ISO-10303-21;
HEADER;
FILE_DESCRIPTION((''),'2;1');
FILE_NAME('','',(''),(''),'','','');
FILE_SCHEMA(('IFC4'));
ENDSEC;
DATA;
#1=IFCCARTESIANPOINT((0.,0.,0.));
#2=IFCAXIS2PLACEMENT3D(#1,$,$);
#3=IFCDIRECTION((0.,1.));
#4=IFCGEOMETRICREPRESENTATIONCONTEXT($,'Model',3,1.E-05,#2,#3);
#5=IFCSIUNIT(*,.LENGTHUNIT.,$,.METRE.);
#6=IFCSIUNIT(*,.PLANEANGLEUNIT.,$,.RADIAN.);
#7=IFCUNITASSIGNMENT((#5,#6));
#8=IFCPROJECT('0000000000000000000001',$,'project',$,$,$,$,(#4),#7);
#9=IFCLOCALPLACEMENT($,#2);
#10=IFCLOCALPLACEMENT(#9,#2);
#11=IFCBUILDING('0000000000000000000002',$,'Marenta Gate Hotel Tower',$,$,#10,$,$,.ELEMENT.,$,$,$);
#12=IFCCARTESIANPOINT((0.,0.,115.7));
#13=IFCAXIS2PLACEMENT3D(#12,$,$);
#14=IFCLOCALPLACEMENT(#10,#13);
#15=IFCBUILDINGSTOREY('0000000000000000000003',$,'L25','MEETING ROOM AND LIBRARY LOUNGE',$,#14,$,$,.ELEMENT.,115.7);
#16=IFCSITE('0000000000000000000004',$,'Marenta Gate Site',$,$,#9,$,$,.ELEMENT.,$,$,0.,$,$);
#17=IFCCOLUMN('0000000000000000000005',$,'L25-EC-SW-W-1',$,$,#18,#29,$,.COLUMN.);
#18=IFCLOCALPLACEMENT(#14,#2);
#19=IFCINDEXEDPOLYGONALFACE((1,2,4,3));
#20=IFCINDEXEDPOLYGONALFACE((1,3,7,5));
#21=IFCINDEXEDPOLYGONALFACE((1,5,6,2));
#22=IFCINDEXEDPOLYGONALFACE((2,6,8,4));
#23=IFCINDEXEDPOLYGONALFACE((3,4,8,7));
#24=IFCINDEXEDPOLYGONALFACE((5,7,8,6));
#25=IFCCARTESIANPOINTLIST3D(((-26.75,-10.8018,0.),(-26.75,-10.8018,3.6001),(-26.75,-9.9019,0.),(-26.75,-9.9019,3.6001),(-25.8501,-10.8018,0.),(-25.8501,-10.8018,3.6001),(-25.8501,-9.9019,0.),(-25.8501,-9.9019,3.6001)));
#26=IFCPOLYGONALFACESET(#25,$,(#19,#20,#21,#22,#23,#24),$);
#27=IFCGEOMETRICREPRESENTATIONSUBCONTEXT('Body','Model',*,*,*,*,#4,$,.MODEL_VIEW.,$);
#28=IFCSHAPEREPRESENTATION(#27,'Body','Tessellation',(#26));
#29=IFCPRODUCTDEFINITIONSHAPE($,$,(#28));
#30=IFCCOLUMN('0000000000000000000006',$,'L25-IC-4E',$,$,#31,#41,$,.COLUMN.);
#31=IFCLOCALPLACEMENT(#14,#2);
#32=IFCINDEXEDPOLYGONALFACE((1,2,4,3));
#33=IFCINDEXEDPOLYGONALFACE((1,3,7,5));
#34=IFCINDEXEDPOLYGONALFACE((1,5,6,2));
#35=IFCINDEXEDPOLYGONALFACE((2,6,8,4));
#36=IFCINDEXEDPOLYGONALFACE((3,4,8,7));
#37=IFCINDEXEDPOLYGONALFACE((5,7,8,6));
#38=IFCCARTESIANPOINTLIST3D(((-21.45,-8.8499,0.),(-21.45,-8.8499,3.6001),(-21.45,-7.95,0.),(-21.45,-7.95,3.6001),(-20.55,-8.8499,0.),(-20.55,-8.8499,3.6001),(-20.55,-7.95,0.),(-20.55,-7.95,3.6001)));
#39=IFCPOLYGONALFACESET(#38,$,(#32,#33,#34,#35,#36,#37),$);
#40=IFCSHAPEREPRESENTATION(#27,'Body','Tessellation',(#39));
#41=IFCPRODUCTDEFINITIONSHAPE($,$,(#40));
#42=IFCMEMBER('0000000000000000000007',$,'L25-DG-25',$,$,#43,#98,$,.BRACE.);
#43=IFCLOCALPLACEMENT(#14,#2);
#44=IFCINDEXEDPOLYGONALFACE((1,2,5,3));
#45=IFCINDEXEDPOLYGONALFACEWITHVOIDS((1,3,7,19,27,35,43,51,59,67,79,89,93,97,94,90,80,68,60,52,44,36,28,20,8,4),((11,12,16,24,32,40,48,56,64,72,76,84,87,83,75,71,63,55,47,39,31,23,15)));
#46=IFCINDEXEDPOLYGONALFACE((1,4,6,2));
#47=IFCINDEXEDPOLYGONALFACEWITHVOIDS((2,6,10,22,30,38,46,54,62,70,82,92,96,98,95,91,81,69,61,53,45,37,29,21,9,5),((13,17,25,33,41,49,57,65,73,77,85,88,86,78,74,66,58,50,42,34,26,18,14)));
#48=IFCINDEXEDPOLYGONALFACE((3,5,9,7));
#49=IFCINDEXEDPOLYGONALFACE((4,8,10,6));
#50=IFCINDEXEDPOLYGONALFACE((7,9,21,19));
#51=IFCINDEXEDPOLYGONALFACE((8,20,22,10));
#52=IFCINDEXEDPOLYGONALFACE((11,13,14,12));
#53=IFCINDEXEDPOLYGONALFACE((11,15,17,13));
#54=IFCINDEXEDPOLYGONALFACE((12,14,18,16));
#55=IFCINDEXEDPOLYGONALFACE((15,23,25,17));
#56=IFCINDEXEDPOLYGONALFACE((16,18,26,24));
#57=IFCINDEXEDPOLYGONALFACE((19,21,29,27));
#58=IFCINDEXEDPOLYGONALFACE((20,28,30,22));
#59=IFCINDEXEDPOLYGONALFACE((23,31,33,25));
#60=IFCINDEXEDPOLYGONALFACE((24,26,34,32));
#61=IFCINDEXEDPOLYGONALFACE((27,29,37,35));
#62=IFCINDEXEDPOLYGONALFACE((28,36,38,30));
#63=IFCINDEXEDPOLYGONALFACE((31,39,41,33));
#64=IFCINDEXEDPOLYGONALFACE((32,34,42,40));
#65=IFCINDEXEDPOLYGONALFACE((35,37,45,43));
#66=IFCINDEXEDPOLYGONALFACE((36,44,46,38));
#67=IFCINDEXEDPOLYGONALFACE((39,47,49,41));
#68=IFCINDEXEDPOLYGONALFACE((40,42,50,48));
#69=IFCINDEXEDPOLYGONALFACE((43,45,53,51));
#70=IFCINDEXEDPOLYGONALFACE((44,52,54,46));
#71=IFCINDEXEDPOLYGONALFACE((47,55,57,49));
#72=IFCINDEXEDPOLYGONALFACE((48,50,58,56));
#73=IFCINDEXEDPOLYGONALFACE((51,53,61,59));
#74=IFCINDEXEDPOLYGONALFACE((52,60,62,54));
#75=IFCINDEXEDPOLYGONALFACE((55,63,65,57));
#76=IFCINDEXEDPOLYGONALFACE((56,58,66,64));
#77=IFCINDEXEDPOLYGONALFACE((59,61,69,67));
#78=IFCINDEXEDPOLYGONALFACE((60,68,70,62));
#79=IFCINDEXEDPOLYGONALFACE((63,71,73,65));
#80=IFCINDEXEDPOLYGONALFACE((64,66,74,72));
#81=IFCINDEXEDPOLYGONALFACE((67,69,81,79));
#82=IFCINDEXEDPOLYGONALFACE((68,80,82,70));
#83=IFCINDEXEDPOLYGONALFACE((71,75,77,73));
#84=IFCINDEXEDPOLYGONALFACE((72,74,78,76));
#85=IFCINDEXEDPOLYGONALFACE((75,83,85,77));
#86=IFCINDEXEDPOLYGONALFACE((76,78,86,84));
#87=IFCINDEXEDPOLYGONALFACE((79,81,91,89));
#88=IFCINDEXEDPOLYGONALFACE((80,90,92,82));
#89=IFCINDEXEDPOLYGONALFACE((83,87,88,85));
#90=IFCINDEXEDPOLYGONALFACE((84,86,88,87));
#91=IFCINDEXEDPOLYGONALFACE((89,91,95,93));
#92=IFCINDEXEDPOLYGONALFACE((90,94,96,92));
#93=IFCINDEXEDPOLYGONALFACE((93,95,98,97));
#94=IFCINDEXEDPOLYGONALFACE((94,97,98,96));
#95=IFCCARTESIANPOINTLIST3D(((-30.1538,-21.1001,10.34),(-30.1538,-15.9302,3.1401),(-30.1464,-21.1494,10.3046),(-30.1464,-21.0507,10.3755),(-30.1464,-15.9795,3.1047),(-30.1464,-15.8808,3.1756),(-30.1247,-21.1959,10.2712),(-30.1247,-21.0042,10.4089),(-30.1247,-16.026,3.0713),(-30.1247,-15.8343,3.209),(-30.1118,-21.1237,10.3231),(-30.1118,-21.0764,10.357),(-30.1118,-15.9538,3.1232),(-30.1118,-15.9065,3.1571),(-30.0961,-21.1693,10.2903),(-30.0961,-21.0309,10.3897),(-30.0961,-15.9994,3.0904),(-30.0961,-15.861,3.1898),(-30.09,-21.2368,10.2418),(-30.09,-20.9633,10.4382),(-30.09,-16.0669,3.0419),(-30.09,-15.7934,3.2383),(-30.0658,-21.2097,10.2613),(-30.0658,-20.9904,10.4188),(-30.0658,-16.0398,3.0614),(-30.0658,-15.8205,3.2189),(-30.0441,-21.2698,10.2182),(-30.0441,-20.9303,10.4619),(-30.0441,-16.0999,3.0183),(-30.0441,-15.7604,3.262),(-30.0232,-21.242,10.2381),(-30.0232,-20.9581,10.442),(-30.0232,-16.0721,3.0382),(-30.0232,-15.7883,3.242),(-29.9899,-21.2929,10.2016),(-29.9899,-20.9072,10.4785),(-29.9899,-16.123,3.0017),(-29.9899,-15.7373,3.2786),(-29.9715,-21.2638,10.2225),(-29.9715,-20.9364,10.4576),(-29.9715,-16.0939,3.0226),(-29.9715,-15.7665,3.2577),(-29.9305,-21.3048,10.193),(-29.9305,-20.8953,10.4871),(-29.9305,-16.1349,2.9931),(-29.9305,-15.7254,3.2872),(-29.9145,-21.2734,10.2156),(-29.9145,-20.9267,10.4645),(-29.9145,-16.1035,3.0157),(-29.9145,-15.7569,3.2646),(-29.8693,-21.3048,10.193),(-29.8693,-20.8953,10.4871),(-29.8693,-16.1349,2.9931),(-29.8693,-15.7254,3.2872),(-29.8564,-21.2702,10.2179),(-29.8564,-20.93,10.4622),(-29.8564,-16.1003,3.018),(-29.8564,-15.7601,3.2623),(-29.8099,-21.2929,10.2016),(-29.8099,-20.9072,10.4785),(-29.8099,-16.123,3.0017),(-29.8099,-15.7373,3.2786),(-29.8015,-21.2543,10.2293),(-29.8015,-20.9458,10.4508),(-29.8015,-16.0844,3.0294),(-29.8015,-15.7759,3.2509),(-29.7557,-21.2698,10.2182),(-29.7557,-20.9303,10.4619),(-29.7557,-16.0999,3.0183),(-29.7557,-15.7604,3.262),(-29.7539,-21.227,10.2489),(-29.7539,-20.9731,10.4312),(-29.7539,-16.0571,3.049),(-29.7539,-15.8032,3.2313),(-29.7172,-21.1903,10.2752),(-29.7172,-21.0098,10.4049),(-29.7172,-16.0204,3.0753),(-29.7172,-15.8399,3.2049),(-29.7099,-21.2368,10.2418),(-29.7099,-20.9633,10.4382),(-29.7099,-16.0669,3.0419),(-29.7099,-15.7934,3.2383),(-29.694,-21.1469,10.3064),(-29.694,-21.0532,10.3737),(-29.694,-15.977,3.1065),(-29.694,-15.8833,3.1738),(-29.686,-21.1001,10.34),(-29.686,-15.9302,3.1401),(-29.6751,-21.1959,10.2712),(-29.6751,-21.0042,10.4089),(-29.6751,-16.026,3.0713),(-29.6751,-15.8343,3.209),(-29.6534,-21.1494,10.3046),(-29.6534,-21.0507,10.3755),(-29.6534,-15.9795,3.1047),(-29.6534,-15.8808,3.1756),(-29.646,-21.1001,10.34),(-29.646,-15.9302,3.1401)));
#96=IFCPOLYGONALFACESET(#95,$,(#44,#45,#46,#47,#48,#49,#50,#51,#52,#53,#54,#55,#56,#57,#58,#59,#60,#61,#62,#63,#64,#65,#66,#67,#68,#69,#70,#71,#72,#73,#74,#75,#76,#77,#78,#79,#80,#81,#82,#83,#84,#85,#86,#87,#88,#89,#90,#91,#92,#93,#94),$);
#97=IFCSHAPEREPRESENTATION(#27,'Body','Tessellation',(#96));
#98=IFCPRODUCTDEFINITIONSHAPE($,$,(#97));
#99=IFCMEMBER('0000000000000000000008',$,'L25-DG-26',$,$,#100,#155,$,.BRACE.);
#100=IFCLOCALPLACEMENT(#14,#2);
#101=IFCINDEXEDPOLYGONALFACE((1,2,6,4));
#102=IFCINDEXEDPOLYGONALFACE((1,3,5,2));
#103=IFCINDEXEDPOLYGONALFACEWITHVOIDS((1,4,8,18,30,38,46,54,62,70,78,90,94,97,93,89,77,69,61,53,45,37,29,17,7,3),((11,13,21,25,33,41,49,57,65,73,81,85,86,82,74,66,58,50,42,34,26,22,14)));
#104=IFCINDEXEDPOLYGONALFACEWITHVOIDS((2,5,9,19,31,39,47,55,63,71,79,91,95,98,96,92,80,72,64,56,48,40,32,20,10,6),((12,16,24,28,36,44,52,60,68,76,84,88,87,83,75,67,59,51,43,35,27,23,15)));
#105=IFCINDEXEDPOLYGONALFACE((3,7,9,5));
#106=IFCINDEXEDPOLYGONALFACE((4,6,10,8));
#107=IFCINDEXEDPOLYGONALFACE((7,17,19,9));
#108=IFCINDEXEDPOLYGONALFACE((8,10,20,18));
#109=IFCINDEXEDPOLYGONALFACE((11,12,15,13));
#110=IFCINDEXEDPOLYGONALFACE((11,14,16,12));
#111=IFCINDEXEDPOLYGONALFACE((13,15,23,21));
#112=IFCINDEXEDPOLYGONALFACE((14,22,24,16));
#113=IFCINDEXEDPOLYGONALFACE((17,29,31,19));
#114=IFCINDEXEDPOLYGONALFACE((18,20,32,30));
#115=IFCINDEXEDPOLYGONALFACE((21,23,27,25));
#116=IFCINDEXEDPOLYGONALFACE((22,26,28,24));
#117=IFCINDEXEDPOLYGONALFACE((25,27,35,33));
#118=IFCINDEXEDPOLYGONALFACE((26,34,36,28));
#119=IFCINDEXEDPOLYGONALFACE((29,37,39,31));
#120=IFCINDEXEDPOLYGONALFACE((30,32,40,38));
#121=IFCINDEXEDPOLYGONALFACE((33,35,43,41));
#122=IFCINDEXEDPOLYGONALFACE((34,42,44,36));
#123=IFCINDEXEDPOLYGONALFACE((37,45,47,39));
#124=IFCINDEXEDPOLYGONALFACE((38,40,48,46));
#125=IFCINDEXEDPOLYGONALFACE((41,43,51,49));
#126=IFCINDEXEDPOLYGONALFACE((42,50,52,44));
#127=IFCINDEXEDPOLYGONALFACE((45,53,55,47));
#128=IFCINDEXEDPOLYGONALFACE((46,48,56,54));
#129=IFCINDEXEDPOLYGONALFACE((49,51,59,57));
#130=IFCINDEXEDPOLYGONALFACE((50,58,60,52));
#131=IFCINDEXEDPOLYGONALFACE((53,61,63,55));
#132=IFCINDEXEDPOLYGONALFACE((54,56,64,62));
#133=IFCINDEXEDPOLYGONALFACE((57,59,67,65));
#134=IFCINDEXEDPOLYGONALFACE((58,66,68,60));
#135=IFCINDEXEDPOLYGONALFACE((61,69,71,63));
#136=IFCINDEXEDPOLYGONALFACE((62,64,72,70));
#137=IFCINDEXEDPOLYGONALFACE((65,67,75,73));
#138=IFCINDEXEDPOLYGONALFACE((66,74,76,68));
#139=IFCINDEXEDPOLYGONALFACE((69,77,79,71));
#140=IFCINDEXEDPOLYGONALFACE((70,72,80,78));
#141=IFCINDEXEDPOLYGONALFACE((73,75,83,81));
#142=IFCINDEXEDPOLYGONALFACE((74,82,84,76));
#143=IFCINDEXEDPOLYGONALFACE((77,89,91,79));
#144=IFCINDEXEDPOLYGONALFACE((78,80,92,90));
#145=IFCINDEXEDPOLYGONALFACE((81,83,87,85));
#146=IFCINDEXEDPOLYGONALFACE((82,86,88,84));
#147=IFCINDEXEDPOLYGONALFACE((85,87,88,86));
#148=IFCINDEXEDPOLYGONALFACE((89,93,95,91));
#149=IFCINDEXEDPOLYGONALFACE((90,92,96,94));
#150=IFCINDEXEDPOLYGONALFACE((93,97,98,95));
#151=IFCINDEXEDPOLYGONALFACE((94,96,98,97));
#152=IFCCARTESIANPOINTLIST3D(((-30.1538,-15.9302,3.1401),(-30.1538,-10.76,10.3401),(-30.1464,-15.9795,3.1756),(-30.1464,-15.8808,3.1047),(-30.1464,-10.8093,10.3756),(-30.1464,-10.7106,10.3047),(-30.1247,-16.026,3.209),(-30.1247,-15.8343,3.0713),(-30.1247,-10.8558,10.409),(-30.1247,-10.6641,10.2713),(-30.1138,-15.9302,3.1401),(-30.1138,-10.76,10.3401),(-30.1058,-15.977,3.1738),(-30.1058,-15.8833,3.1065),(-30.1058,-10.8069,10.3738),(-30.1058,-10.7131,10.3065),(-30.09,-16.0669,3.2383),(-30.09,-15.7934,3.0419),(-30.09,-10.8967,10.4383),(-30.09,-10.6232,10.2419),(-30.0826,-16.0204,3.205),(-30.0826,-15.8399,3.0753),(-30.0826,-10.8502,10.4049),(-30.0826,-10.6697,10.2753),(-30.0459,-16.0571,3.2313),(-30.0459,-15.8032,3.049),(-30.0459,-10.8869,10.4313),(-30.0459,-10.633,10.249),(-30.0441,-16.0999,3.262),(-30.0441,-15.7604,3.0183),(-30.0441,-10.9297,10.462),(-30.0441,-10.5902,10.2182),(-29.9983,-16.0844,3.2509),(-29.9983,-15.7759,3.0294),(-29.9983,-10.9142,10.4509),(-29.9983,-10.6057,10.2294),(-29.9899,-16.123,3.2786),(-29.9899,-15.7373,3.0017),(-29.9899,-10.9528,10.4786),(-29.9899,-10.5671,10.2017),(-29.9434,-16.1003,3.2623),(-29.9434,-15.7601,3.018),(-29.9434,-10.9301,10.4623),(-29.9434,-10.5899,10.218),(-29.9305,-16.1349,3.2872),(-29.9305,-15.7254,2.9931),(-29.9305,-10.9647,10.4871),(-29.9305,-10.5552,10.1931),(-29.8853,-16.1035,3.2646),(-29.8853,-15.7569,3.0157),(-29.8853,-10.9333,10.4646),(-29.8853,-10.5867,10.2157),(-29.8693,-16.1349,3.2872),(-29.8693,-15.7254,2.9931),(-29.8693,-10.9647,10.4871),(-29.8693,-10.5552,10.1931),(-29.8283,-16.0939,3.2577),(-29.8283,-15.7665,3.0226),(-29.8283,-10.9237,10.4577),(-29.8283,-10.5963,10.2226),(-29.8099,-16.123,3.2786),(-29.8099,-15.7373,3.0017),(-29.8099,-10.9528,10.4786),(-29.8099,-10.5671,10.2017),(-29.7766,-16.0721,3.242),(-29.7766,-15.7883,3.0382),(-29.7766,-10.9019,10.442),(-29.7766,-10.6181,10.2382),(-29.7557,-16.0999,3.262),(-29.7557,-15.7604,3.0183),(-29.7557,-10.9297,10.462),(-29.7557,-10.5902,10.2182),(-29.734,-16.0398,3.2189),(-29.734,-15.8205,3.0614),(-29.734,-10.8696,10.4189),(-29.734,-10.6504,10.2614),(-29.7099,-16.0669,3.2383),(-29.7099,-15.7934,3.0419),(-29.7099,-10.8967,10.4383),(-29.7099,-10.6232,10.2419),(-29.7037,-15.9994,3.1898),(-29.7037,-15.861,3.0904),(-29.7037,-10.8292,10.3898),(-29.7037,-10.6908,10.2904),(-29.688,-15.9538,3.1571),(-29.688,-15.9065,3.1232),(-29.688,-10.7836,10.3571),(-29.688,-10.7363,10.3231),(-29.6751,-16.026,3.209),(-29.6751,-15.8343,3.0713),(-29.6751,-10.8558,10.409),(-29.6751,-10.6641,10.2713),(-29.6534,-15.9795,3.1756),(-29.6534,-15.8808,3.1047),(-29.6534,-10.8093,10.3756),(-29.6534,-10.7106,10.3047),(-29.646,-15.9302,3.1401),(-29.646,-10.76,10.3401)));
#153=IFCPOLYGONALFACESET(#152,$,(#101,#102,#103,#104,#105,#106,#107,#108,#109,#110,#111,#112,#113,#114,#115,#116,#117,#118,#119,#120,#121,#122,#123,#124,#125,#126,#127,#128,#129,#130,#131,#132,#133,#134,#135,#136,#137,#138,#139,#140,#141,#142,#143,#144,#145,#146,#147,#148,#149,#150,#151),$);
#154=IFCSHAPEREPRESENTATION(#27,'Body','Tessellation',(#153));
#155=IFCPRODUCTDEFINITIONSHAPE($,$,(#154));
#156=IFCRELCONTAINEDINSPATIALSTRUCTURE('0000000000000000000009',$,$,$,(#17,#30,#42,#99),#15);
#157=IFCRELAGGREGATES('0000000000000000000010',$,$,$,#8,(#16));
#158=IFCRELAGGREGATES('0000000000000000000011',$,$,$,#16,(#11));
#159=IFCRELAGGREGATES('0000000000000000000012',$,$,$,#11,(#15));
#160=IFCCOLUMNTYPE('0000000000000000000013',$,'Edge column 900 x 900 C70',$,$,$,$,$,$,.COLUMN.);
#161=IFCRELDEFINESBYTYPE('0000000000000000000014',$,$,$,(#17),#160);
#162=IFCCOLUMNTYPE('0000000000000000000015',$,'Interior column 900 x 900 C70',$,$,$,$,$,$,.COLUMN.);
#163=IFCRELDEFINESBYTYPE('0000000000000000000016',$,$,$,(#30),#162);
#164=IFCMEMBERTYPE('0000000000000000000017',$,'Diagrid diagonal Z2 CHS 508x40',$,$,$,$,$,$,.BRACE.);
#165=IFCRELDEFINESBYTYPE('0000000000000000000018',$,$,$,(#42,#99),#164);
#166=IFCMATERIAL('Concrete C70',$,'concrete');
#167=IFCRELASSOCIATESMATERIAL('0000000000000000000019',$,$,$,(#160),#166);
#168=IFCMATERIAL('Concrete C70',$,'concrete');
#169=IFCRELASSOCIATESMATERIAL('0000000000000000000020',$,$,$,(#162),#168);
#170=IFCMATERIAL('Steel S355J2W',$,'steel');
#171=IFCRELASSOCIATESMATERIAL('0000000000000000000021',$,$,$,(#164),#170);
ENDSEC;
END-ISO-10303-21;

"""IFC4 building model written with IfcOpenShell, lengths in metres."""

from ifc_helpers import new_model, si_unit, direction, frame, origin, origin_2d, place, context, subcontext, project, spatial, rectangle, hollow_circle, extrude, material, material_profile, profile_set, type_object, element, save


model = new_model("IFC4")

# Units and contexts
model_context = context("Model", 3, precision=1e-05, world=origin(), true_north=direction((0.0, 1.0)))
body_context = subcontext(model_context, "Body", "Model", "MODEL_VIEW")
ifc_project = project(units=[si_unit("LENGTHUNIT", "METRE"), si_unit("PLANEANGLEUNIT", "RADIAN")], contexts=[model_context])

# Site, building, storey
site_placement = place(None, origin())
site = spatial("IfcSite", under=ifc_project, at=site_placement, Name="Marenta Gate Site", CompositionType="ELEMENT", RefElevation=0.0)
building_placement = place(site_placement, origin())
building = spatial("IfcBuilding", under=site, at=building_placement, Name="Marenta Gate Hotel Tower", CompositionType="ELEMENT")
storey_placement = place(building_placement, frame((0.0, 0.0, 115.7)))
storey = spatial("IfcBuildingStorey", under=building, at=storey_placement, Name="L25", Description="MEETING ROOM AND LIBRARY LOUNGE", CompositionType="ELEMENT", Elevation=115.7)

# Columns
ifc_material_1 = material(Name="Concrete C70", Category="concrete")
ifc_material_profile_1 = material_profile(ifc_material_1, rectangle(XDim=0.8999, YDim=0.8999, at=origin_2d()), Name="900 x 900")
ifc_profile_set_1 = profile_set([ifc_material_profile_1], Name="Concrete C70")
column_type_1 = type_object("IfcColumnType", Name="Edge column 900 x 900 C70", PredefinedType="COLUMN", material=ifc_profile_set_1)
column_1_placement = place(storey_placement, frame((-26.3, -10.3518, 0.0), z_axis=(0.0, 0.0, 1.0), x_axis=(1.0, 0.0, 0.0)))
element("IfcColumn", 1, at=column_1_placement, inside=storey, type_object=column_type_1, Name="L25-EC-SW-W-1", PredefinedType="COLUMN", context=body_context, shape_type="SweptSolid", body=[
    extrude(rectangle(XDim=0.8999, YDim=0.8999, at=origin_2d()), origin(), (0.0, 0.0, 1.0), 3.6001),
])
ifc_material_2 = material(Name="Concrete C70", Category="concrete")
ifc_material_profile_2 = material_profile(ifc_material_2, rectangle(XDim=0.8999, YDim=0.8999, at=origin_2d()), Name="900 x 900")
ifc_profile_set_2 = profile_set([ifc_material_profile_2], Name="Concrete C70")
column_type_2 = type_object("IfcColumnType", Name="Interior column 900 x 900 C70", PredefinedType="COLUMN", material=ifc_profile_set_2)
column_2_placement = place(storey_placement, frame((-21.0, -8.3999, 0.0), z_axis=(0.0, 0.0, 1.0), x_axis=(1.0, 0.0, 0.0)))
element("IfcColumn", 2, at=column_2_placement, inside=storey, type_object=column_type_2, Name="L25-IC-4E", PredefinedType="COLUMN", context=body_context, shape_type="SweptSolid", body=[
    extrude(rectangle(XDim=0.8999, YDim=0.8999, at=origin_2d()), origin(), (0.0, 0.0, 1.0), 3.6001),
])

# Members
ifc_material_3 = material(Name="Steel S355J2W", Category="steel")
ifc_material_profile_3 = material_profile(ifc_material_3, hollow_circle(Radius=0.2539, WallThickness=0.04, at=origin_2d()), Name="CHS 508x40")
ifc_profile_set_3 = profile_set([ifc_material_profile_3], Name="Steel S355J2W")
member_type_1 = type_object("IfcMemberType", Name="Diagrid diagonal Z2 CHS 508x40", PredefinedType="BRACE", material=ifc_profile_set_3)
member_1_placement = place(storey_placement, frame((-29.8999, -15.9302, 3.1401), z_axis=(0.0, -0.583261, 0.812285), x_axis=(1.0, 0.0, 0.0)))
element("IfcMember", 3, at=member_1_placement, inside=storey, type_object=member_type_1, Name="L25-DG-25", PredefinedType="BRACE", context=body_context, shape_type="SweptSolid", body=[
    extrude(hollow_circle(Radius=0.2539, WallThickness=0.04, at=origin_2d()), origin(), (0.0, 0.0, 1.0), 8.8638),
])
member_2_placement = place(storey_placement, frame((-29.8999, -15.9302, 3.1401), z_axis=(0.0, 0.583279, 0.812272), x_axis=(-1.0, 0.0, 0.0)))
element("IfcMember", 4, at=member_2_placement, inside=storey, type_object=member_type_1, Name="L25-DG-26", PredefinedType="BRACE", context=body_context, shape_type="SweptSolid", body=[
    extrude(hollow_circle(Radius=0.2539, WallThickness=0.04, at=origin_2d()), origin(), (0.0, 0.0, 1.0), 8.864),
])

save(model, "model.ifc")
